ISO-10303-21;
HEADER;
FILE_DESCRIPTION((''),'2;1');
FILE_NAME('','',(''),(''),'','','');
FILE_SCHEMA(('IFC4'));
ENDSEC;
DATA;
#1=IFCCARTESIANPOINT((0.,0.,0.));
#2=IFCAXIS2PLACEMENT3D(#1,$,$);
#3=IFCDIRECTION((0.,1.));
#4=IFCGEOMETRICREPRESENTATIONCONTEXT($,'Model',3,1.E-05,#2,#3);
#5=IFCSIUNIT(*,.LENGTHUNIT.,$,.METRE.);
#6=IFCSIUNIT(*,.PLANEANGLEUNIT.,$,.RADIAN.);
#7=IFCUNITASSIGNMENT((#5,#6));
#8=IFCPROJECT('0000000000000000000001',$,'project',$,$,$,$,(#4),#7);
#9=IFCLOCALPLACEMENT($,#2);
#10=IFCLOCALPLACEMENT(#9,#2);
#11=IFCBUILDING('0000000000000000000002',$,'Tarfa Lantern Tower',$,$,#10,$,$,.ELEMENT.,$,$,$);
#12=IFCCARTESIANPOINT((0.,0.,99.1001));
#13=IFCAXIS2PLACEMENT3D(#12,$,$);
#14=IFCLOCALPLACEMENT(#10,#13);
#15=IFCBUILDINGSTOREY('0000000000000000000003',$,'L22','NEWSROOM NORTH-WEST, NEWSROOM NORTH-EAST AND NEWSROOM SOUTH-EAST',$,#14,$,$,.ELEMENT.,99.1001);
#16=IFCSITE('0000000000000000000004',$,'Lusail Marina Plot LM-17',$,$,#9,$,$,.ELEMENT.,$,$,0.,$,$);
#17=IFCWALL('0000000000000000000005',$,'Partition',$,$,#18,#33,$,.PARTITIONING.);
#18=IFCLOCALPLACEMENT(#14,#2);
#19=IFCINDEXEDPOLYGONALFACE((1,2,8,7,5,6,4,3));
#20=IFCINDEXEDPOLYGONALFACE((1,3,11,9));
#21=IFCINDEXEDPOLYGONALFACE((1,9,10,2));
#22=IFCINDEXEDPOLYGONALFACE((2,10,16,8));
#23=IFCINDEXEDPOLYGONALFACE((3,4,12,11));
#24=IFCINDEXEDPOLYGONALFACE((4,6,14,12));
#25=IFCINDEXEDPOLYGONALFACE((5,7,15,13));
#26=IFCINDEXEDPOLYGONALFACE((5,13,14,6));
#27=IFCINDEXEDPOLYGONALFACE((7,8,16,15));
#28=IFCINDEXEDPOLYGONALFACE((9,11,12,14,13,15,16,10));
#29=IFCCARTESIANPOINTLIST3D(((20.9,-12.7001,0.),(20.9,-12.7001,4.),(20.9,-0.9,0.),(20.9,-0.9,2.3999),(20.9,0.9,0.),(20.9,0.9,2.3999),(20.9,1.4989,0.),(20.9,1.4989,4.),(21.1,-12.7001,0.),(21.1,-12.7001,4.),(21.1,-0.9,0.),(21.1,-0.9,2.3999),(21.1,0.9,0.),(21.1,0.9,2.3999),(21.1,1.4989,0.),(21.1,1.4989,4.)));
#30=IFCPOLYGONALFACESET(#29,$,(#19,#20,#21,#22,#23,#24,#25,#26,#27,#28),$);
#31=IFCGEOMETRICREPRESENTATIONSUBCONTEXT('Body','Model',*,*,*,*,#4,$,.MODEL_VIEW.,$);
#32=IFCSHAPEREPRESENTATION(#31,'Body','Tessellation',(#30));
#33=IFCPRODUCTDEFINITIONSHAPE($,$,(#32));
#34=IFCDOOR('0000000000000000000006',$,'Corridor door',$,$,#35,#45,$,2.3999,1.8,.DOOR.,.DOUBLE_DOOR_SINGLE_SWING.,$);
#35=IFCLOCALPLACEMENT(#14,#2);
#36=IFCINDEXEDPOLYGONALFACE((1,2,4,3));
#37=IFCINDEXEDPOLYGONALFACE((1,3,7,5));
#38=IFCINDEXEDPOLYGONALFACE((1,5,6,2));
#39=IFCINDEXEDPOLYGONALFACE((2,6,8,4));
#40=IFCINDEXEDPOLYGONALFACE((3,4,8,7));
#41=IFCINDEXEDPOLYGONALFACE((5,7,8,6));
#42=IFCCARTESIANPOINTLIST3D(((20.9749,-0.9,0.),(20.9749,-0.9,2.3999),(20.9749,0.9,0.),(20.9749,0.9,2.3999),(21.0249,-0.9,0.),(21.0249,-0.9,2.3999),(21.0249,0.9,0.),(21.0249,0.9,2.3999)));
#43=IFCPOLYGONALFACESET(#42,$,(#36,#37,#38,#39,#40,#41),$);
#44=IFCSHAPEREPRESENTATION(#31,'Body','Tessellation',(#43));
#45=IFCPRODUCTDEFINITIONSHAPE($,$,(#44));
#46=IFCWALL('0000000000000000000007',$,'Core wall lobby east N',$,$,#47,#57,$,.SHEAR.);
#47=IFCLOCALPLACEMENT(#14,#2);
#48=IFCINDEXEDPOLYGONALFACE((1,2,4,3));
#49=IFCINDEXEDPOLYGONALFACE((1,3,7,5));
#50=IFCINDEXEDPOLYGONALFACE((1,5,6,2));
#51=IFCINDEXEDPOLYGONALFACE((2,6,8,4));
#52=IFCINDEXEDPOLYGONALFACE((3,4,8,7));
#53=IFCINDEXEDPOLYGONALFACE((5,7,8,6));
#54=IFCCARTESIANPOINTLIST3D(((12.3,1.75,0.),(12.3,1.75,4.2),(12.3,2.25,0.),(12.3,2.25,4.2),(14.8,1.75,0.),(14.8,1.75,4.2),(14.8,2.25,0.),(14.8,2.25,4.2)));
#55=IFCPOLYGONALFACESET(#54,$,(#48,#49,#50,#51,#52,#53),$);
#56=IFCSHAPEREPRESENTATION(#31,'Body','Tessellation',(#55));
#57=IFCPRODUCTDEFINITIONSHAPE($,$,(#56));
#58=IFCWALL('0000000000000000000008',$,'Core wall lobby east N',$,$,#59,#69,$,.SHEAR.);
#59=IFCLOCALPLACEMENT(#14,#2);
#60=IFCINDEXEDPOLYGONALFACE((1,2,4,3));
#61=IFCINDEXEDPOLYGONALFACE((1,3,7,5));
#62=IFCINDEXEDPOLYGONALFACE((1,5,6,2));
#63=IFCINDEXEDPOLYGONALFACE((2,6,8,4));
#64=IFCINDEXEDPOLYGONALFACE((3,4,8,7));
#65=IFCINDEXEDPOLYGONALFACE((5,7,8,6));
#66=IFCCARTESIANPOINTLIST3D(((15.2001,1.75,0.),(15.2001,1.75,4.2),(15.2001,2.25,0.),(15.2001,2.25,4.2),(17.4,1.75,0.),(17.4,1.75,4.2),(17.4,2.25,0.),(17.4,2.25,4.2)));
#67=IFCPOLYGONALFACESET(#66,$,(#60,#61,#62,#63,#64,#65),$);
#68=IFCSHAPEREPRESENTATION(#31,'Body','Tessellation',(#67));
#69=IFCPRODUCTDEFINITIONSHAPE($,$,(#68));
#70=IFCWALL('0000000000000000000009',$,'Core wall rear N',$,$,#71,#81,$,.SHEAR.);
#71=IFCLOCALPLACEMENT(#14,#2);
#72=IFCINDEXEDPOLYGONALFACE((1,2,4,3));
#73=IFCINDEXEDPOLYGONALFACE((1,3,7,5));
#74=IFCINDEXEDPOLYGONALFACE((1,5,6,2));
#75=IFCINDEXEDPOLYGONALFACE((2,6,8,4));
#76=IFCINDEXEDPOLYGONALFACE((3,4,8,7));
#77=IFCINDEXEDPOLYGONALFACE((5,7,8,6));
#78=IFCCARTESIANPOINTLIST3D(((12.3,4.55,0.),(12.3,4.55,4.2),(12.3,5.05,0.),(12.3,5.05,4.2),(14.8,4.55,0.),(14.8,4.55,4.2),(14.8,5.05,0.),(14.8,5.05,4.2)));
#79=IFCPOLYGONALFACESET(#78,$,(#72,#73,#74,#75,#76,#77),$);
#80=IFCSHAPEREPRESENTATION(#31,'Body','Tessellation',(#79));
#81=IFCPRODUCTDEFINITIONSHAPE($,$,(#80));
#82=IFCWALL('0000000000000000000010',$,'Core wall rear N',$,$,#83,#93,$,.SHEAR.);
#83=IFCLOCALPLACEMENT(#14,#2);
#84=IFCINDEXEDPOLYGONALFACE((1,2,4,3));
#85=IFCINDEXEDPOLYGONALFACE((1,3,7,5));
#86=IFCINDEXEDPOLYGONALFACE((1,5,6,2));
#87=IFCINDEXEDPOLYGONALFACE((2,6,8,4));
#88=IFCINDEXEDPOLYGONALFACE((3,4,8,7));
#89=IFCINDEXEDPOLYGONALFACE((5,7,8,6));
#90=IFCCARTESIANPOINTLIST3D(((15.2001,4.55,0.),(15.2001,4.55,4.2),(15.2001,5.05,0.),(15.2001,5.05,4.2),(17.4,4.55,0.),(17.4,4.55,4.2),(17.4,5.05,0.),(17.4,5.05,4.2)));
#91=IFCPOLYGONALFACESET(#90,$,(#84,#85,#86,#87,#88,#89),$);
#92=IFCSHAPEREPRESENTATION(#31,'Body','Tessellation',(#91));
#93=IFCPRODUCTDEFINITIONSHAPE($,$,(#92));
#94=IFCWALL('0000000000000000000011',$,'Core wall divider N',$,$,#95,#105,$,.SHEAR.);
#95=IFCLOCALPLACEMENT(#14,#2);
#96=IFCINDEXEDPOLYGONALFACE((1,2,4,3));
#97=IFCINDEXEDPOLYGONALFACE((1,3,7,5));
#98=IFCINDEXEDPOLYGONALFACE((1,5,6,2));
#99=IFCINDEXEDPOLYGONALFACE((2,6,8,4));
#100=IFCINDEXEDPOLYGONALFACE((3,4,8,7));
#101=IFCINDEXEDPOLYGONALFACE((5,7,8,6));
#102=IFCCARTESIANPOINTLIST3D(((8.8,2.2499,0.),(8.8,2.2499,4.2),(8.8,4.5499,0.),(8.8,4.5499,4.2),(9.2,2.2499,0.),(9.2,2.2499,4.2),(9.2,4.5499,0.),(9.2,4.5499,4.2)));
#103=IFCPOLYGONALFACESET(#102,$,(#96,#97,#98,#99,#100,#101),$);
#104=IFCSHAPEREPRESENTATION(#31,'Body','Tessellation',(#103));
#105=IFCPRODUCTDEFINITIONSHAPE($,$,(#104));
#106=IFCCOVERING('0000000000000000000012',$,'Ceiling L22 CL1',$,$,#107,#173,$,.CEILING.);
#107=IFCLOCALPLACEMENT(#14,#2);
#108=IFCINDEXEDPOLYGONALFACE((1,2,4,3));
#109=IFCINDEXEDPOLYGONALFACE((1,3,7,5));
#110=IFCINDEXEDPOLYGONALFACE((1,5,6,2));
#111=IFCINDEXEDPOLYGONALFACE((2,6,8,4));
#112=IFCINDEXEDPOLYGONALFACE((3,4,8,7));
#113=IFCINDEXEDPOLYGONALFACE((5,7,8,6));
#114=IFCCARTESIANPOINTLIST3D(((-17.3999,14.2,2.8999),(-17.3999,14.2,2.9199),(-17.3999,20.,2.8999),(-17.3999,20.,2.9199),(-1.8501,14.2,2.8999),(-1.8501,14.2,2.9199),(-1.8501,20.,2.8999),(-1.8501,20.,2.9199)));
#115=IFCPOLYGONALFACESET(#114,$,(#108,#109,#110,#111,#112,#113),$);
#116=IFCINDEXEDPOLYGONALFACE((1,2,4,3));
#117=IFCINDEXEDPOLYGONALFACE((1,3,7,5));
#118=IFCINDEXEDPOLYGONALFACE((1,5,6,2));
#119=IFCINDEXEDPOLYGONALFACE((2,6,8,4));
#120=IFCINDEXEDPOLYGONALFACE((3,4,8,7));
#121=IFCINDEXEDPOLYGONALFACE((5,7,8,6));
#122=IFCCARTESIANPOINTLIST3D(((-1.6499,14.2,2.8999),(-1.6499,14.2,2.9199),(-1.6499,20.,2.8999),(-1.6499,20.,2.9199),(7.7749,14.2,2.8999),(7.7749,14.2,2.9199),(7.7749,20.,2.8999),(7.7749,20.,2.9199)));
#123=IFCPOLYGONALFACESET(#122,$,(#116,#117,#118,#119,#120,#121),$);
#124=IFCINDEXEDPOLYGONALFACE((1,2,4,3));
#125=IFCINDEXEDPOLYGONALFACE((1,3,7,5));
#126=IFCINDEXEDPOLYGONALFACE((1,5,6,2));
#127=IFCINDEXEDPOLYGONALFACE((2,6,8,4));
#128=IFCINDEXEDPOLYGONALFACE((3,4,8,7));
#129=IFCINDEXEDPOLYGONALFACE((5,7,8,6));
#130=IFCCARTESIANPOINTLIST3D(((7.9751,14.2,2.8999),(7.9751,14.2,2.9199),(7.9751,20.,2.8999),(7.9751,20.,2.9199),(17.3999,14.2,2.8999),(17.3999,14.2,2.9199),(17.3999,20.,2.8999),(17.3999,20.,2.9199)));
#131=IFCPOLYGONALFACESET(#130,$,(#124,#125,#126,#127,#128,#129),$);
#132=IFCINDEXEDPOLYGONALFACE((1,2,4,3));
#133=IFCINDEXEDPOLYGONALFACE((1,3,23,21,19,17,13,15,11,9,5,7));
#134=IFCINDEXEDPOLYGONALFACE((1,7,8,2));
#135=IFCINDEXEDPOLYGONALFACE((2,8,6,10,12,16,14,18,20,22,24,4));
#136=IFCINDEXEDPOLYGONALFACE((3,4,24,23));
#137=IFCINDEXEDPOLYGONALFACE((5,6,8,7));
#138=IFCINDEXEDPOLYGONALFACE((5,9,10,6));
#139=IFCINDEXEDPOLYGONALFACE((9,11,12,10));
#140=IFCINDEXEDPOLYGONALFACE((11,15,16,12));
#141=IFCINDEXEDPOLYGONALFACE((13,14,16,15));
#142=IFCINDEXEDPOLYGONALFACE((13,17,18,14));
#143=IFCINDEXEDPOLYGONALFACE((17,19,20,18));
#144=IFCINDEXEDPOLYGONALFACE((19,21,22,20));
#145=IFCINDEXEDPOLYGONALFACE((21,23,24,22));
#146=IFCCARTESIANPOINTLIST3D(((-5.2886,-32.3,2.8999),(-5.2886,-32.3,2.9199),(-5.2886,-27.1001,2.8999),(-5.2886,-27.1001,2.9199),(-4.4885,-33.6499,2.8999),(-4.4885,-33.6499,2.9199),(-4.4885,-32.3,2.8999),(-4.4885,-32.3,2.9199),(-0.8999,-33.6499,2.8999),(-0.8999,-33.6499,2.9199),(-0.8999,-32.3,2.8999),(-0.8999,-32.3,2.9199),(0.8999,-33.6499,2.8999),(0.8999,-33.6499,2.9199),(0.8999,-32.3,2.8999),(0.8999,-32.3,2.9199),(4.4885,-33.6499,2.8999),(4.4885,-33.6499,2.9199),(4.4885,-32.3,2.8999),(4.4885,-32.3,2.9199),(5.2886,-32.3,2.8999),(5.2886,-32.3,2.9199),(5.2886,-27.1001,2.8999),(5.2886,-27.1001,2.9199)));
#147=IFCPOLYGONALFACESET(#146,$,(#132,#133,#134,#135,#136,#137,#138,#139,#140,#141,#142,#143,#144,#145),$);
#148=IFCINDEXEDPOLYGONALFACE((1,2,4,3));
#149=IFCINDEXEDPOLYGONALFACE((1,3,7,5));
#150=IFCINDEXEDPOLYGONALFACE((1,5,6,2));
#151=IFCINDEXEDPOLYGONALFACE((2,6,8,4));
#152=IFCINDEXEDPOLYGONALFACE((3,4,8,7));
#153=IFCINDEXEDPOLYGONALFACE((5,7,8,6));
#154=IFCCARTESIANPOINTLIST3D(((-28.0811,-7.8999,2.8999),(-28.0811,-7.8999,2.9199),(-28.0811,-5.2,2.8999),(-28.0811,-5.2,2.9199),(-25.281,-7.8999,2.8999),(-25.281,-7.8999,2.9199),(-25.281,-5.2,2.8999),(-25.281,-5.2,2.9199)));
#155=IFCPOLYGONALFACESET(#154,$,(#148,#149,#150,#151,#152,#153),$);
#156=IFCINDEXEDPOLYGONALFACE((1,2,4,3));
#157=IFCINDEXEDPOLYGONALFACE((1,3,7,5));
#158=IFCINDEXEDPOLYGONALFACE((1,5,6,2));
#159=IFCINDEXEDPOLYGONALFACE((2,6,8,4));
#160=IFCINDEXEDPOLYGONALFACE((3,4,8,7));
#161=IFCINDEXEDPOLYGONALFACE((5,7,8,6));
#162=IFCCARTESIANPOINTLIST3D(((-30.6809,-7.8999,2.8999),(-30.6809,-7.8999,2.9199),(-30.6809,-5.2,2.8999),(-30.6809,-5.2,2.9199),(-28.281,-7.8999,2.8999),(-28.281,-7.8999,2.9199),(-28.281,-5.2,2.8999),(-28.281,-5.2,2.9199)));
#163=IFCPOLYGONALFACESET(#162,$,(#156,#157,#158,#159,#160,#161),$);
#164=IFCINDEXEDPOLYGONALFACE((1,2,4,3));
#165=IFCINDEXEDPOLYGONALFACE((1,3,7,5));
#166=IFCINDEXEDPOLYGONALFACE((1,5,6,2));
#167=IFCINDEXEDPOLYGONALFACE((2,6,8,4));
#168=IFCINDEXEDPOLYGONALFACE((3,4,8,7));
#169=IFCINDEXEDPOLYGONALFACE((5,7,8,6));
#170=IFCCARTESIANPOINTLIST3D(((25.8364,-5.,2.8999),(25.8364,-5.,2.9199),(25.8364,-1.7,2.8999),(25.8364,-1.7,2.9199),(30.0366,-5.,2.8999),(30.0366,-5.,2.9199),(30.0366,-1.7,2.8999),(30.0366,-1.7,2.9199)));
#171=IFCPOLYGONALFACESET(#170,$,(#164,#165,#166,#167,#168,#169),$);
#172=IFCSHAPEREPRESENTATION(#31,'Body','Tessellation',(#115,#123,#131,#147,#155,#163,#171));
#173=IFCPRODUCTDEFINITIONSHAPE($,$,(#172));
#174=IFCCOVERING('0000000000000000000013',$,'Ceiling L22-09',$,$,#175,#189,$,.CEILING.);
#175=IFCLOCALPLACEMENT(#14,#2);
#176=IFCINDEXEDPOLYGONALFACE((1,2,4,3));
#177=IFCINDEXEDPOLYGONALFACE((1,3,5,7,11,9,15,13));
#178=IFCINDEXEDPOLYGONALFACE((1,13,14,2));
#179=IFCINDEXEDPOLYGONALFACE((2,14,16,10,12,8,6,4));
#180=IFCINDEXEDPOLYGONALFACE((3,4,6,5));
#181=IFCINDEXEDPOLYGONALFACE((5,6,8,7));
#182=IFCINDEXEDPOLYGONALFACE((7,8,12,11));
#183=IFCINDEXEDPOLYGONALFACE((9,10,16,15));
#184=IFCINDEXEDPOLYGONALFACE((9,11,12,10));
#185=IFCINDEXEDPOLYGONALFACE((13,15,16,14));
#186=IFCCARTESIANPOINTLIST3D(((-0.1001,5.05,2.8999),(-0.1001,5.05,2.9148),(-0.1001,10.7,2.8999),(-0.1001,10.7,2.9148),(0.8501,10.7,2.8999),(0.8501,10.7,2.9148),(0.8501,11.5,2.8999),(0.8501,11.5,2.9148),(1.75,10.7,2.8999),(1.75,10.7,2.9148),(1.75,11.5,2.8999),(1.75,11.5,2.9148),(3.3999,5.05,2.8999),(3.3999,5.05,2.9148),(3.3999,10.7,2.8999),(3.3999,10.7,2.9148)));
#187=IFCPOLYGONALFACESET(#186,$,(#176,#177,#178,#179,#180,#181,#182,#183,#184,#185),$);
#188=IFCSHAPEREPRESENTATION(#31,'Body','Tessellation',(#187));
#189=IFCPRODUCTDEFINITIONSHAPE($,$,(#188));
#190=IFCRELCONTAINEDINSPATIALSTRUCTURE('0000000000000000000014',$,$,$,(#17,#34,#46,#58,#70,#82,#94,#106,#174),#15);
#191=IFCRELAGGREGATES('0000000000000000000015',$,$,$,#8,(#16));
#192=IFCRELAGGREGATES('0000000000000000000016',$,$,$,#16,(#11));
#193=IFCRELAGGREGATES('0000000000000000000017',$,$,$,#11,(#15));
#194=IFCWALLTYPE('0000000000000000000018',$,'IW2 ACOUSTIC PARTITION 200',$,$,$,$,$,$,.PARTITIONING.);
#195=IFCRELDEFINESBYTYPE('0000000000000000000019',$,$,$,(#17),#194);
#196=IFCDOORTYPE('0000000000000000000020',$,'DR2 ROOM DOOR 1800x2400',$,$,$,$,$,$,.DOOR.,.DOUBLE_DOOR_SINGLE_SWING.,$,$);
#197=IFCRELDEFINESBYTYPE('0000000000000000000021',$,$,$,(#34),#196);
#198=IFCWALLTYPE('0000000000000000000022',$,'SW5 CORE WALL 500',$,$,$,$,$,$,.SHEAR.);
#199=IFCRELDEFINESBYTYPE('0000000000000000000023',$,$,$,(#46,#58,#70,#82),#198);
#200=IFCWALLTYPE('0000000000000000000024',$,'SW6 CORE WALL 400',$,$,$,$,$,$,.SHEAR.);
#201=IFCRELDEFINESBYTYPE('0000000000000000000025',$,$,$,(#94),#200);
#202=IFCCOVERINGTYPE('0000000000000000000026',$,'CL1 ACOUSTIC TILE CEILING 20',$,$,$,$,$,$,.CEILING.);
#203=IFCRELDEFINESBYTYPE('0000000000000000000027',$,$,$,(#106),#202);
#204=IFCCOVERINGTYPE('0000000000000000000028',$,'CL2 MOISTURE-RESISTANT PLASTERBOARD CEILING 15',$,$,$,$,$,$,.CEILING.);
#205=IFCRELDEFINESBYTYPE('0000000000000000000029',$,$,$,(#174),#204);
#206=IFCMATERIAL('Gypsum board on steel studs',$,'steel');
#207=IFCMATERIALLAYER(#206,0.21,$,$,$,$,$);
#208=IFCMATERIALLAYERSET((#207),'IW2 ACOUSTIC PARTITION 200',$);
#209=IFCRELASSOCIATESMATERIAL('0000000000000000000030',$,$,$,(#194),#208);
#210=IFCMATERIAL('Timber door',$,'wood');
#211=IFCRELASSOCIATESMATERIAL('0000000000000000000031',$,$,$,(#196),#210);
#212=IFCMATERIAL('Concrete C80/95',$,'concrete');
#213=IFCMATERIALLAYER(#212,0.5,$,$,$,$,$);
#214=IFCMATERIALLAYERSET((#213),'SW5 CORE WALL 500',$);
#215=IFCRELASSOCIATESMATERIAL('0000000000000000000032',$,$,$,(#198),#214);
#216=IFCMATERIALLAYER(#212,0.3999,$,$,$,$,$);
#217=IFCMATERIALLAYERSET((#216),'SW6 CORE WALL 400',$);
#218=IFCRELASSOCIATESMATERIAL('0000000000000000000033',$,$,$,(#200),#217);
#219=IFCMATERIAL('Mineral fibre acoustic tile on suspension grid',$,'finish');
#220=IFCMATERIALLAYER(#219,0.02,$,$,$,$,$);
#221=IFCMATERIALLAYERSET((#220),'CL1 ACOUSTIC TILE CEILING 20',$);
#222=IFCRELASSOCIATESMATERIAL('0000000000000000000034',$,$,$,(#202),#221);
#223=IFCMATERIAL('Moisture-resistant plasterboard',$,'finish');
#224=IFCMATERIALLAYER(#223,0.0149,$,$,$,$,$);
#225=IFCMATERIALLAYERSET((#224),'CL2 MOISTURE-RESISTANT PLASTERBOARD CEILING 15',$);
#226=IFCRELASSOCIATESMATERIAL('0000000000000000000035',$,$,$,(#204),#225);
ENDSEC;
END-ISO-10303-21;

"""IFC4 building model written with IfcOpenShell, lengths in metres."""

from ifc_helpers import new_model, si_unit, direction, frame, frame_2d, origin, place, context, subcontext, project, spatial, polyline, rectangle, outline, extrude, material, layer, layer_set, type_object, element, fill, save


model = new_model("IFC4")

# Units and contexts
model_context = context("Model", 3, precision=1e-05, world=origin(), true_north=direction((0.0, 1.0)))
body_context = subcontext(model_context, "Body", "Model", "MODEL_VIEW")
ifc_project = project(units=[si_unit("LENGTHUNIT", "METRE"), si_unit("PLANEANGLEUNIT", "RADIAN")], contexts=[model_context])

# Site, building, storey
site_placement = place(None, origin())
site = spatial("IfcSite", under=ifc_project, at=site_placement, Name="Lusail Marina Plot LM-17", CompositionType="ELEMENT", RefElevation=0.0)
building_placement = place(site_placement, origin())
building = spatial("IfcBuilding", under=site, at=building_placement, Name="Tarfa Lantern Tower", CompositionType="ELEMENT")
storey_placement = place(building_placement, frame((0.0, 0.0, 99.1001)))
storey = spatial("IfcBuildingStorey", under=building, at=storey_placement, Name="L22", Description="NEWSROOM NORTH-WEST, NEWSROOM NORTH-EAST AND NEWSROOM SOUTH-EAST", CompositionType="ELEMENT", Elevation=99.1001)

# Shared definitions
ifc_material_1 = material(Name="Gypsum board on steel studs", Category="steel")
ifc_layer_1 = layer(ifc_material_1, 0.21)
ifc_layer_set_1 = layer_set([ifc_layer_1], Name="IW2 ACOUSTIC PARTITION 200")
wall_type_1 = type_object("IfcWallType", Name="IW2 ACOUSTIC PARTITION 200", PredefinedType="PARTITIONING", material=ifc_layer_set_1)
ifc_material_2 = material(Name="Timber door", Category="wood")

# Wall, opening, door
wall_1_placement = place(storey_placement, frame((21.0, 1.499, 0.0), z_axis=(0.0, 0.0, 1.0), x_axis=(0.0, -1.0, 0.0)))
wall_1 = element("IfcWall", 1, at=wall_1_placement, inside=storey, type_object=wall_type_1, Name="Partition", PredefinedType="PARTITIONING", context=body_context, shape_type="SweptSolid", body=[
    extrude(rectangle(XDim=14.199, YDim=0.2, at=frame_2d((7.0996, 0.0))), origin(), (0.0, 0.0, 1.0), 4.0),
])
opening_1_placement = place(wall_1_placement, frame((0.5991, 0.0, 0.0)))
opening_1 = element("IfcOpeningElement", 2, at=opening_1_placement, cuts=wall_1, PredefinedType="OPENING", context=body_context, shape_type="SweptSolid", body=[
    extrude(rectangle(XDim=1.8, YDim=2.3999, at=frame_2d((0.8999, 1.2))), frame((0.0, 0.1099, 0.0), z_axis=(0.0, -1.0, 0.0), x_axis=(1.0, 0.0, 0.0)), (0.0, 0.0, 1.0), 0.22),
])
door_type_1 = type_object("IfcDoorType", Name="DR2 ROOM DOOR 1800x2400", OperationType="DOUBLE_DOOR_SINGLE_SWING", PredefinedType="DOOR", material=ifc_material_2)
door_1_placement = place(opening_1_placement, origin())
door_1 = element("IfcDoor", 3, at=door_1_placement, inside=storey, type_object=door_type_1, Name="Corridor door", OperationType="DOUBLE_DOOR_SINGLE_SWING", OverallHeight=2.3999, OverallWidth=1.8, PredefinedType="DOOR", context=body_context, shape_type="SweptSolid", body=[
    extrude(rectangle(XDim=1.8, YDim=2.3999, at=frame_2d((0.8999, 1.2))), frame((0.0, 0.0249, 0.0), z_axis=(0.0, -1.0, 0.0), x_axis=(1.0, 0.0, 0.0)), (0.0, 0.0, 1.0), 0.05),
])
fill(opening_1, door_1)

# Walls
ifc_material_3 = material(Name="Concrete C80/95", Category="concrete")
ifc_layer_2 = layer(ifc_material_3, 0.5)
ifc_layer_set_2 = layer_set([ifc_layer_2], Name="SW5 CORE WALL 500")
wall_type_2 = type_object("IfcWallType", Name="SW5 CORE WALL 500", PredefinedType="SHEAR", material=ifc_layer_set_2)
wall_2_placement = place(storey_placement, frame((12.3, 2.0, 0.0), z_axis=(0.0, 0.0, 1.0), x_axis=(1.0, 0.0, 0.0)))
element("IfcWall", 4, at=wall_2_placement, inside=storey, type_object=wall_type_2, Name="Core wall lobby east N", PredefinedType="SHEAR", context=body_context, shape_type="SweptSolid", body=[
    extrude(rectangle(XDim=2.5, YDim=0.5, at=frame_2d((1.25, 0.0))), origin(), (0.0, 0.0, 1.0), 4.2),
])
wall_3_placement = place(storey_placement, frame((15.2, 2.0, 0.0), z_axis=(0.0, 0.0, 1.0), x_axis=(1.0, 0.0, 0.0)))
element("IfcWall", 5, at=wall_3_placement, inside=storey, type_object=wall_type_2, Name="Core wall lobby east N", PredefinedType="SHEAR", context=body_context, shape_type="SweptSolid", body=[
    extrude(rectangle(XDim=2.2, YDim=0.5, at=frame_2d((1.1001, 0.0))), origin(), (0.0, 0.0, 1.0), 4.2),
])
wall_4_placement = place(storey_placement, frame((12.3, 4.8, 0.0), z_axis=(0.0, 0.0, 1.0), x_axis=(1.0, 0.0, 0.0)))
element("IfcWall", 6, at=wall_4_placement, inside=storey, type_object=wall_type_2, Name="Core wall rear N", PredefinedType="SHEAR", context=body_context, shape_type="SweptSolid", body=[
    extrude(rectangle(XDim=2.5, YDim=0.5, at=frame_2d((1.25, 0.0))), origin(), (0.0, 0.0, 1.0), 4.2),
])
wall_5_placement = place(storey_placement, frame((15.2, 4.8, 0.0), z_axis=(0.0, 0.0, 1.0), x_axis=(1.0, 0.0, 0.0)))
element("IfcWall", 7, at=wall_5_placement, inside=storey, type_object=wall_type_2, Name="Core wall rear N", PredefinedType="SHEAR", context=body_context, shape_type="SweptSolid", body=[
    extrude(rectangle(XDim=2.2, YDim=0.5, at=frame_2d((1.1001, 0.0))), origin(), (0.0, 0.0, 1.0), 4.2),
])
ifc_layer_3 = layer(ifc_material_3, 0.3999)
ifc_layer_set_3 = layer_set([ifc_layer_3], Name="SW6 CORE WALL 400")
wall_type_3 = type_object("IfcWallType", Name="SW6 CORE WALL 400", PredefinedType="SHEAR", material=ifc_layer_set_3)
wall_6_placement = place(storey_placement, frame((9.0, 2.25, 0.0), z_axis=(0.0, 0.0, 1.0), x_axis=(0.0, 1.0, 0.0)))
element("IfcWall", 8, at=wall_6_placement, inside=storey, type_object=wall_type_3, Name="Core wall divider N", PredefinedType="SHEAR", context=body_context, shape_type="SweptSolid", body=[
    extrude(rectangle(XDim=2.3, YDim=0.3999, at=frame_2d((1.1499, 0.0))), origin(), (0.0, 0.0, 1.0), 4.2),
])

# Coverings
ifc_material_4 = material(Name="Mineral fibre acoustic tile on suspension grid", Category="finish")
ifc_layer_4 = layer(ifc_material_4, 0.02)
ifc_layer_set_4 = layer_set([ifc_layer_4], Name="CL1 ACOUSTIC TILE CEILING 20")
covering_type_1 = type_object("IfcCoveringType", Name="CL1 ACOUSTIC TILE CEILING 20", PredefinedType="CEILING", material=ifc_layer_set_4)
covering_1_placement = place(storey_placement, frame((0.0, 0.0, 2.8999)))
element("IfcCovering", 9, at=covering_1_placement, inside=storey, type_object=covering_type_1, Name="Ceiling L22 CL1", PredefinedType="CEILING", context=body_context, shape_type="SweptSolid", body=[
    extrude(outline(polyline([(-17.3999, 20.0), (-1.8501, 20.0), (-1.8501, 14.2), (-17.3999, 14.2), (-17.3999, 20.0)])), origin(), (0.0, 0.0, 1.0), 0.02),
    extrude(outline(polyline([(-1.6499, 20.0), (7.7749, 20.0), (7.7749, 14.2), (-1.6499, 14.2), (-1.6499, 20.0)])), origin(), (0.0, 0.0, 1.0), 0.02),
    extrude(outline(polyline([(7.9751, 20.0), (17.3999, 20.0), (17.3999, 14.2), (7.9751, 14.2), (7.9751, 20.0)])), origin(), (0.0, 0.0, 1.0), 0.02),
    extrude(outline(polyline([(-5.2886, -27.1001), (5.2886, -27.1001), (5.2886, -32.3), (4.4885, -32.3), (4.4885, -33.6499), (0.8999, -33.6499), (0.8999, -32.3), (-0.8999, -32.3), (-0.8999, -33.6499), (-4.4885, -33.6499), (-4.4885, -32.3), (-5.2886, -32.3), (-5.2886, -27.1001)])), origin(), (0.0, 0.0, 1.0), 0.02),
    extrude(outline(polyline([(-28.0811, -5.2), (-25.281, -5.2), (-25.281, -7.8999), (-28.0811, -7.8999), (-28.0811, -5.2)])), origin(), (0.0, 0.0, 1.0), 0.02),
    extrude(outline(polyline([(-30.6809, -5.2), (-28.281, -5.2), (-28.281, -7.8999), (-30.6809, -7.8999), (-30.6809, -5.2)])), origin(), (0.0, 0.0, 1.0), 0.02),
    extrude(outline(polyline([(30.0366, -5.0), (25.8364, -5.0), (25.8364, -1.7), (30.0366, -1.7), (30.0366, -5.0)])), origin(), (0.0, 0.0, 1.0), 0.02),
])
ifc_material_5 = material(Name="Moisture-resistant plasterboard", Category="finish")
ifc_layer_5 = layer(ifc_material_5, 0.0149)
ifc_layer_set_5 = layer_set([ifc_layer_5], Name="CL2 MOISTURE-RESISTANT PLASTERBOARD CEILING 15")
covering_type_2 = type_object("IfcCoveringType", Name="CL2 MOISTURE-RESISTANT PLASTERBOARD CEILING 15", PredefinedType="CEILING", material=ifc_layer_set_5)
covering_2_placement = place(storey_placement, frame((0.0, 0.0, 2.8999)))
element("IfcCovering", 10, at=covering_2_placement, inside=storey, type_object=covering_type_2, Name="Ceiling L22-09", PredefinedType="CEILING", context=body_context, shape_type="SweptSolid", body=[
    extrude(outline(polyline([(0.8501, 10.7), (-0.1001, 10.7), (-0.1001, 5.05), (3.3999, 5.05), (3.3999, 10.7), (1.75, 10.7), (1.75, 11.5), (0.8501, 11.5), (0.8501, 11.5), (0.8501, 10.7)])), origin(), (0.0, 0.0, 1.0), 0.0149),
])

save(model, "model.ifc")
